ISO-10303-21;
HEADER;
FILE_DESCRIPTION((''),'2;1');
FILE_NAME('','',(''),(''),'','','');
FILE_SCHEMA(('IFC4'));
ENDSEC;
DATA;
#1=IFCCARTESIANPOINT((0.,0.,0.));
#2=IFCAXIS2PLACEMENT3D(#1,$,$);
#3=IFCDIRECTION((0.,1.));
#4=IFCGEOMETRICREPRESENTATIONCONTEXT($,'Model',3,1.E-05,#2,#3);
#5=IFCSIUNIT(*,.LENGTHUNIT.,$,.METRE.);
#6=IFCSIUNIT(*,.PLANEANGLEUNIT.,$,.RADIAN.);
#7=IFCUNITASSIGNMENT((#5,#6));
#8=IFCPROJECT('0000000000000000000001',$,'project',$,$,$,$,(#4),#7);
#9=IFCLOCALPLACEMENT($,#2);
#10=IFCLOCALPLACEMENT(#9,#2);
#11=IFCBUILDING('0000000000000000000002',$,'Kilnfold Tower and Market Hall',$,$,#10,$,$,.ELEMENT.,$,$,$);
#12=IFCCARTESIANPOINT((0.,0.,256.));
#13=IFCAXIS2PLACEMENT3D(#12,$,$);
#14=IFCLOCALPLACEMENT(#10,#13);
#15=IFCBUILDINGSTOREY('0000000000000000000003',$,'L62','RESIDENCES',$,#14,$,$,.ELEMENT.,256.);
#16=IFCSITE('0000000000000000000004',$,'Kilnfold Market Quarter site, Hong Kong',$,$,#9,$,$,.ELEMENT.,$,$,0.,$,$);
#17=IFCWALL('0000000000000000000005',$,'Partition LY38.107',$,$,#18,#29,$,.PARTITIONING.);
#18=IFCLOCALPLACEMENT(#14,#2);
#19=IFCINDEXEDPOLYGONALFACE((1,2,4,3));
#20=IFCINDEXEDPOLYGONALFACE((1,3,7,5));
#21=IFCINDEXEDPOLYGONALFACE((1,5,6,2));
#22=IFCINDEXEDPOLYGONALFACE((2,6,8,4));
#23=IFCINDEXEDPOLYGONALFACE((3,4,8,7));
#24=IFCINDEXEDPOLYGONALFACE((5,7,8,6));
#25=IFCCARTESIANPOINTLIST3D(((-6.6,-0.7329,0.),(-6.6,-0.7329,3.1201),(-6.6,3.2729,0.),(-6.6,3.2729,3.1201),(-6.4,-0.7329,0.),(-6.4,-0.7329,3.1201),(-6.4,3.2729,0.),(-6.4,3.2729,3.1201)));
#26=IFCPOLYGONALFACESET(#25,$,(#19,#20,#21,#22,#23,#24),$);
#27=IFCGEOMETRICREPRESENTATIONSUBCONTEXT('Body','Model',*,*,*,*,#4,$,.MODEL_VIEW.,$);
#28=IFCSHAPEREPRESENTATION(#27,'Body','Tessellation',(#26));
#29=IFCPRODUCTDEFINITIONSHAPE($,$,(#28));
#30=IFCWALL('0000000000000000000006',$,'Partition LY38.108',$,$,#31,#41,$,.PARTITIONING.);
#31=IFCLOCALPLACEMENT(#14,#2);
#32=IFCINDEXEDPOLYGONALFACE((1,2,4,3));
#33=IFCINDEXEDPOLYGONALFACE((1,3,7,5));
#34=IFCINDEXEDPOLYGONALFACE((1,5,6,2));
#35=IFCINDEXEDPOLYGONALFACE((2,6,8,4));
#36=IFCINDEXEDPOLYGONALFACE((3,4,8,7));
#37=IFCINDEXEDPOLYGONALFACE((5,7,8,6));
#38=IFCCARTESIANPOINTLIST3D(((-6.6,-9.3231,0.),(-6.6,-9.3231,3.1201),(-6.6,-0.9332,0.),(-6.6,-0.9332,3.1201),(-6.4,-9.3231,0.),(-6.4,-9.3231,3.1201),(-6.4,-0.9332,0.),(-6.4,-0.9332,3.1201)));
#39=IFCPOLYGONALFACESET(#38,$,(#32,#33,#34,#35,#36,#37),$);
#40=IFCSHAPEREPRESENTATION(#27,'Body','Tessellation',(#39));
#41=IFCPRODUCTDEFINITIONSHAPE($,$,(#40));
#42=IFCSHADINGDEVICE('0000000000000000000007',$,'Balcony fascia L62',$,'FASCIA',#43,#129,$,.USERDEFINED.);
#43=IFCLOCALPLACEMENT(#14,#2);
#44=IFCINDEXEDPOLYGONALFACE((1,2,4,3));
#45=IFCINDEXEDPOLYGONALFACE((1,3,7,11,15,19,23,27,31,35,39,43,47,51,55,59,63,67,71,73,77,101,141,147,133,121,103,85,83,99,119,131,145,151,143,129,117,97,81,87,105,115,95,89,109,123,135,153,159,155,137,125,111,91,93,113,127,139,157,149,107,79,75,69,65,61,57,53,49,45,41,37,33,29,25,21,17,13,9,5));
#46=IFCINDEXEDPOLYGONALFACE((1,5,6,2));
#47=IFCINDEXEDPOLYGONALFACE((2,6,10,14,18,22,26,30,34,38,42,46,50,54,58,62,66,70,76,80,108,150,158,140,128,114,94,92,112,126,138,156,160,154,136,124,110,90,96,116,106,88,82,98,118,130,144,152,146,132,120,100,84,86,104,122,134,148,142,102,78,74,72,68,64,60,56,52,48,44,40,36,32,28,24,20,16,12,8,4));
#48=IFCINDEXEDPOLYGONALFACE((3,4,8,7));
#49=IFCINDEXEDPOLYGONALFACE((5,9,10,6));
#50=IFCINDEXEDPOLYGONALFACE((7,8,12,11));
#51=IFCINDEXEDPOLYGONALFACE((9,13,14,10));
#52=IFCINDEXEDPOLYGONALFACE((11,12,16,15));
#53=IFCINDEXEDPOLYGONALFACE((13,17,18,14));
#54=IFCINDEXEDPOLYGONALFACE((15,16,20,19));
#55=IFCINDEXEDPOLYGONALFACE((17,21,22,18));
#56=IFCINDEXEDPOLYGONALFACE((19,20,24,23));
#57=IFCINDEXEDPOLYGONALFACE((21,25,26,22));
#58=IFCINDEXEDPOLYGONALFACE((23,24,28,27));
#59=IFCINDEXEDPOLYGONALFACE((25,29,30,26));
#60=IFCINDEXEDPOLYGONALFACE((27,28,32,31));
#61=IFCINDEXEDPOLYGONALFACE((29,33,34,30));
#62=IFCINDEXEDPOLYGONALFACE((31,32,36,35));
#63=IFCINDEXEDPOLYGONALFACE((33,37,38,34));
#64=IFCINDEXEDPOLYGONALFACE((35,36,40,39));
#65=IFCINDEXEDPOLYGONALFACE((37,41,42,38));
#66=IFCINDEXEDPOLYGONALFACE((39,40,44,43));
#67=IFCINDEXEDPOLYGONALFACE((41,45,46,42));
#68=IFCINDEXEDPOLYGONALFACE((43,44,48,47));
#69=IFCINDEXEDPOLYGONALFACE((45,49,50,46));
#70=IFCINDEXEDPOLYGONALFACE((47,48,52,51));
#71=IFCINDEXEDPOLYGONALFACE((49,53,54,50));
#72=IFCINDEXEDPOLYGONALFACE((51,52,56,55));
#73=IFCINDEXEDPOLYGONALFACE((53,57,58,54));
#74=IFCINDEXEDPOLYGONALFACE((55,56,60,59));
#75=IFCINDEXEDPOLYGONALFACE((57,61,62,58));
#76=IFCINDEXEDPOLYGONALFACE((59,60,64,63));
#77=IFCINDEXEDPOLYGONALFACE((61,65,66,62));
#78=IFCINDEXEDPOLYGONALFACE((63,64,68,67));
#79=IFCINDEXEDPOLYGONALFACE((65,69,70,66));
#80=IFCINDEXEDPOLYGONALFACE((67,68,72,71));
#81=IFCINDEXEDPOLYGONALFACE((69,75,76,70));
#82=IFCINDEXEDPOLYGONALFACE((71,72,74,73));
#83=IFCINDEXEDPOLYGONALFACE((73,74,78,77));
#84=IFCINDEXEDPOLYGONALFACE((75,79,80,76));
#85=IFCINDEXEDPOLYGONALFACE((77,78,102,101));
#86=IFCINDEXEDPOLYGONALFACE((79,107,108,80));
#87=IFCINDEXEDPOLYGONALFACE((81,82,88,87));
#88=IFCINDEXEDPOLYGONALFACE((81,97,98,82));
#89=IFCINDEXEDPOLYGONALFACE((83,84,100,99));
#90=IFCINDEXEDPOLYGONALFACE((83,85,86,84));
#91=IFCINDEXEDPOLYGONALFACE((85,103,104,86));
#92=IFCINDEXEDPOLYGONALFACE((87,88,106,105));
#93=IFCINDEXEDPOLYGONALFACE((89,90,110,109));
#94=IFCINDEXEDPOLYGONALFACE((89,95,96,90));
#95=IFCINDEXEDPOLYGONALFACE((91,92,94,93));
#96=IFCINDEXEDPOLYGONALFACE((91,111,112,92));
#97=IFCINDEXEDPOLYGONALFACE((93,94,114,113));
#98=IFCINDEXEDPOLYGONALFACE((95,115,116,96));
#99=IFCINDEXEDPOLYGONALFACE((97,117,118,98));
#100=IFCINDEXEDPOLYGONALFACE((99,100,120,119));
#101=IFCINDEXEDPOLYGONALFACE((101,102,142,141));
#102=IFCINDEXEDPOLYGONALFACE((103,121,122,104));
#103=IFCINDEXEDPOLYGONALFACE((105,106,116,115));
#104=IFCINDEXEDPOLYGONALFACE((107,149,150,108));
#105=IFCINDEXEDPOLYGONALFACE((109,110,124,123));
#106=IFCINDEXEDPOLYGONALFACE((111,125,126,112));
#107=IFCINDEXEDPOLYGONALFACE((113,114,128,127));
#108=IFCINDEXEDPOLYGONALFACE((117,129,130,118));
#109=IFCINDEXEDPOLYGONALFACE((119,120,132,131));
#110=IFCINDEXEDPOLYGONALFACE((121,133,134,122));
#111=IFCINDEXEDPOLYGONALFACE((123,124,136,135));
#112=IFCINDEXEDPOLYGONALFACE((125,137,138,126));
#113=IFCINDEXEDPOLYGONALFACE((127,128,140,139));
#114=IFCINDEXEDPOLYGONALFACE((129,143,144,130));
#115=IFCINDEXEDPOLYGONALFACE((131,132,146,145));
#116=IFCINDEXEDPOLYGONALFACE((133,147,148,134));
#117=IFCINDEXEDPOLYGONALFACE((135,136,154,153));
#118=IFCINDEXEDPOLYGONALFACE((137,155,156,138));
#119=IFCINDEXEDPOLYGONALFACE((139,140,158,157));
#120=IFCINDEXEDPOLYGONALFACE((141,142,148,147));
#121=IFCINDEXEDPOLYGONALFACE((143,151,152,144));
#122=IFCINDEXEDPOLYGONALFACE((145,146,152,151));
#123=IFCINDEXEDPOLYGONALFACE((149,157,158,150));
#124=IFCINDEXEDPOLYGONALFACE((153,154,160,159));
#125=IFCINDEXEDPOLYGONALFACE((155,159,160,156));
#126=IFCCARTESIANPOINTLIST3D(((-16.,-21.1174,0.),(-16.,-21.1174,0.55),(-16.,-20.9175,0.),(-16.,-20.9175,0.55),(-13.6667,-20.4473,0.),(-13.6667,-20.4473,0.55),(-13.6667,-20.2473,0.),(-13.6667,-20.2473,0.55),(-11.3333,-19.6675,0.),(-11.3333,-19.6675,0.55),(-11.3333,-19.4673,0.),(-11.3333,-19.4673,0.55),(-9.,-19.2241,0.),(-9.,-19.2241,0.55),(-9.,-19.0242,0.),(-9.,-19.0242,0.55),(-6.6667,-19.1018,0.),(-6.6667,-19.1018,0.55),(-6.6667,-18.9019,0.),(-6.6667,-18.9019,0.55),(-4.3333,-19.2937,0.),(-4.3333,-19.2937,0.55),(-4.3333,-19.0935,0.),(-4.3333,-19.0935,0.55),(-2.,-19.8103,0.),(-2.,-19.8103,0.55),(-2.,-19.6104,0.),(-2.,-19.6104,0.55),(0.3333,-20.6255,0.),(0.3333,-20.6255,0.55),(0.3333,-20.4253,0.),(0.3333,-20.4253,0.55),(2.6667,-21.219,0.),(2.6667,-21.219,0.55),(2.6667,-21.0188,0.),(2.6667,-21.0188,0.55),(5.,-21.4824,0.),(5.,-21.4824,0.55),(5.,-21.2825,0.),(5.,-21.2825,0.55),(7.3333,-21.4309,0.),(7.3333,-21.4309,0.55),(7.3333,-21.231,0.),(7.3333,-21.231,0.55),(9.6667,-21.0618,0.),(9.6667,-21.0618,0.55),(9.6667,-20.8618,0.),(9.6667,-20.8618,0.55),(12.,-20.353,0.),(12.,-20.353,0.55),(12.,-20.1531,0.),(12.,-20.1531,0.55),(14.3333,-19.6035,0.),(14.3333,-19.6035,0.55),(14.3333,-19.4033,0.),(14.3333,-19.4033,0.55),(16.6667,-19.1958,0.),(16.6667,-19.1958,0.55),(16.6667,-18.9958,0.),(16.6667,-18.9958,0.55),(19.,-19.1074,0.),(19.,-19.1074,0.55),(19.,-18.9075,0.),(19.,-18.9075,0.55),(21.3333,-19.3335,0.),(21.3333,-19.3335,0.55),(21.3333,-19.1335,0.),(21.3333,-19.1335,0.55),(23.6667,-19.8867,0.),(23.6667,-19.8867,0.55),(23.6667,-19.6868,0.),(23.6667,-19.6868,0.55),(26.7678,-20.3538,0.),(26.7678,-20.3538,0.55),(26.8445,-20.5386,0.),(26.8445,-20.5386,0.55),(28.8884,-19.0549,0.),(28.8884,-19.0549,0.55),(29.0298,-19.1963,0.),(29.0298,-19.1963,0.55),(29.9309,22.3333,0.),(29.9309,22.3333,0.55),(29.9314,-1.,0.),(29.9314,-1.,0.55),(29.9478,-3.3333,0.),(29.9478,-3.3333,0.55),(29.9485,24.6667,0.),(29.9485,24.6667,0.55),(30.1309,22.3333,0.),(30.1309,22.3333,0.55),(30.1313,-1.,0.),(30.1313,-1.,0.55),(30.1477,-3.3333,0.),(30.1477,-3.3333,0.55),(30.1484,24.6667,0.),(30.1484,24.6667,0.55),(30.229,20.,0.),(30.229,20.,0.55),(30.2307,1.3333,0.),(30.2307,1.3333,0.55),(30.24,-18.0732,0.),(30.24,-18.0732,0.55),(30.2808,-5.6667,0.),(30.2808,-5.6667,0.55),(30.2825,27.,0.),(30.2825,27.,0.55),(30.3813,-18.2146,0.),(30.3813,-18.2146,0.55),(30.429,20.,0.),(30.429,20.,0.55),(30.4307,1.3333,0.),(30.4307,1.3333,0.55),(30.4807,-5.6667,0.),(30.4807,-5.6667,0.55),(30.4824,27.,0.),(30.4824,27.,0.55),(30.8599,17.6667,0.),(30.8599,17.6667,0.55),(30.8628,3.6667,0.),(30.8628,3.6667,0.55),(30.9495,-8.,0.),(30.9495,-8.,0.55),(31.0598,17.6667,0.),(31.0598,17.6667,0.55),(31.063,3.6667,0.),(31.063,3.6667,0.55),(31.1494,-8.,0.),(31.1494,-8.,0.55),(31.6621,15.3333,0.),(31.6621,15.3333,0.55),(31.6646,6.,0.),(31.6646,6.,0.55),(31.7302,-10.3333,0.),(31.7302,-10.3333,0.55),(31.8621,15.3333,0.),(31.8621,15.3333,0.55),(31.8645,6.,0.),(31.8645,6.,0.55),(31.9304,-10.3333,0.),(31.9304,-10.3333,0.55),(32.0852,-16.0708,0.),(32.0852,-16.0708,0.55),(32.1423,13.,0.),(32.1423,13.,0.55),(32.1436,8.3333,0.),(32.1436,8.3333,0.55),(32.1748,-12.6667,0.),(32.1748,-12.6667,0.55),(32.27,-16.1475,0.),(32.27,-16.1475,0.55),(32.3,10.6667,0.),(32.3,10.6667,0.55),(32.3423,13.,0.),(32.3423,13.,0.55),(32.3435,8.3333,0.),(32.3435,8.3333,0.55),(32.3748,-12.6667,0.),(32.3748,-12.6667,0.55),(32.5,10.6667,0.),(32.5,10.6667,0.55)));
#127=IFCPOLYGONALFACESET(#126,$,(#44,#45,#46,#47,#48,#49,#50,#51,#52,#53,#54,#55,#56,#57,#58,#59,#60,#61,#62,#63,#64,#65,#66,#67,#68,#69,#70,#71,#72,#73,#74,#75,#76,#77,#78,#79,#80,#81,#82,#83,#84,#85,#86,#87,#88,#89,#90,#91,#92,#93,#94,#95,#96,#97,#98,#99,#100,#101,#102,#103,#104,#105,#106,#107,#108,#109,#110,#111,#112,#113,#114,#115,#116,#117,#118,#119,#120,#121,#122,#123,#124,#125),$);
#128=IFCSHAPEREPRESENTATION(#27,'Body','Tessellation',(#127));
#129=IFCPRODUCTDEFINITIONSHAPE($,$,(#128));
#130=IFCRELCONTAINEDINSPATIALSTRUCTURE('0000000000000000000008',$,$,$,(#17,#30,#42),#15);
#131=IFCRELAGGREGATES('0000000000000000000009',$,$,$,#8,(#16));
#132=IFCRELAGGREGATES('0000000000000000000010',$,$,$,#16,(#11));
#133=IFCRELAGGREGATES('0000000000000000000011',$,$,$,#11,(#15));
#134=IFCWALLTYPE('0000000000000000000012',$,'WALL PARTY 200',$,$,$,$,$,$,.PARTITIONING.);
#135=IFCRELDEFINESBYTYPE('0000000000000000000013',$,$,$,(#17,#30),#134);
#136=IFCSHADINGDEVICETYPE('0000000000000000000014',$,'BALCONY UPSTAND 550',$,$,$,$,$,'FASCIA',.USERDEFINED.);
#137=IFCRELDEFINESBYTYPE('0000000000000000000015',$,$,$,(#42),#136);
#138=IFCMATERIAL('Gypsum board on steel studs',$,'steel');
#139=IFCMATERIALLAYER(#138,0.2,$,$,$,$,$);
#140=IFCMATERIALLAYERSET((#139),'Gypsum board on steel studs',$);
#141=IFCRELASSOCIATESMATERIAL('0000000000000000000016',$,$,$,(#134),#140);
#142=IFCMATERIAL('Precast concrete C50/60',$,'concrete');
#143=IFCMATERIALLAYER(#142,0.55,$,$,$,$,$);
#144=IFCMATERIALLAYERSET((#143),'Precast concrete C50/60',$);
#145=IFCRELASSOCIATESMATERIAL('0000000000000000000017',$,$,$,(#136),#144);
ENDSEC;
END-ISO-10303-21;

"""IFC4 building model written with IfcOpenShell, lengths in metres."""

from ifc_helpers import new_model, si_unit, direction, frame, frame_2d, origin, place, context, subcontext, project, spatial, polyline, rectangle, outline, extrude, source, transform, mapped, material, layer, layer_set, type_object, element, save


model = new_model("IFC4")

# Units and contexts
model_context = context("Model", 3, precision=1e-05, world=origin(), true_north=direction((0.0, 1.0)))
body_context = subcontext(model_context, "Body", "Model", "MODEL_VIEW")
ifc_project = project(units=[si_unit("LENGTHUNIT", "METRE"), si_unit("PLANEANGLEUNIT", "RADIAN")], contexts=[model_context])

# Site, building, storey
site_placement = place(None, origin())
site = spatial("IfcSite", under=ifc_project, at=site_placement, Name="Kilnfold Market Quarter site, Hong Kong", CompositionType="ELEMENT", RefElevation=0.0)
building_placement = place(site_placement, origin())
building = spatial("IfcBuilding", under=site, at=building_placement, Name="Kilnfold Tower and Market Hall", CompositionType="ELEMENT")
storey_placement = place(building_placement, frame((0.0, 0.0, 256.0)))
storey = spatial("IfcBuildingStorey", under=building, at=storey_placement, Name="L62", Description="RESIDENCES", CompositionType="ELEMENT", Elevation=256.0)

# Walls
ifc_material_1 = material(Name="Gypsum board on steel studs", Category="steel")
ifc_layer_1 = layer(ifc_material_1, 0.2)
ifc_layer_set_1 = layer_set([ifc_layer_1], Name="Gypsum board on steel studs")
wall_type_1 = type_object("IfcWallType", Name="WALL PARTY 200", PredefinedType="PARTITIONING", material=ifc_layer_set_1)
wall_1_placement = place(storey_placement, frame((-6.5, -0.7329, 0.0), z_axis=(0.0, 0.0, 1.0), x_axis=(0.0, 1.0, 0.0)))
element("IfcWall", 1, at=wall_1_placement, inside=storey, type_object=wall_type_1, Name="Partition LY38.107", PredefinedType="PARTITIONING", context=body_context, shape_type="SweptSolid", body=[
    extrude(rectangle(XDim=4.0059, YDim=0.2, at=frame_2d((2.0029, 0.0))), origin(), (0.0, 0.0, 1.0), 3.1201),
])
wall_2_placement = place(storey_placement, frame((-6.5, -9.323, 0.0), z_axis=(0.0, 0.0, 1.0), x_axis=(0.0, 1.0, 0.0)))
element("IfcWall", 2, at=wall_2_placement, inside=storey, type_object=wall_type_1, Name="Partition LY38.108", PredefinedType="PARTITIONING", context=body_context, shape_type="SweptSolid", body=[
    extrude(rectangle(XDim=8.3899, YDim=0.2, at=frame_2d((4.1948, 0.0))), origin(), (0.0, 0.0, 1.0), 3.1201),
])

# Shading device
ifc_material_2 = material(Name="Precast concrete C50/60", Category="concrete")
ifc_layer_2 = layer(ifc_material_2, 0.55)
ifc_layer_set_2 = layer_set([ifc_layer_2], Name="Precast concrete C50/60")
shading_device_type_1 = type_object("IfcShadingDeviceType", Name="BALCONY UPSTAND 550", ElementType="FASCIA", PredefinedType="USERDEFINED", material=ifc_layer_set_2)
shared_shape_1 = source(origin(), body_context, "Body", "SweptSolid", [
    extrude(outline(polyline([(-16.0, -21.1174), (-13.6667, -20.4473), (-11.3333, -19.6675), (-9.0, -19.2241), (-6.6667, -19.1018), (-4.3333, -19.2937), (-2.0, -19.8103), (0.3333, -20.6255), (2.6667, -21.219), (5.0, -21.4824), (7.3333, -21.4309), (9.6667, -21.0618), (12.0, -20.353), (14.3333, -19.6035), (16.6667, -19.1958), (19.0, -19.1074), (21.3333, -19.3335), (23.6667, -19.8867), (26.8445, -20.5386), (29.0298, -19.1963), (30.3813, -18.2146), (32.27, -16.1475), (32.3748, -12.6667), (31.9304, -10.3333), (31.1494, -8.0), (30.4807, -5.6667), (30.1477, -3.3333), (30.1313, -1.0), (30.4307, 1.3333), (31.063, 3.6667), (31.8645, 6.0), (32.3435, 8.3333), (32.5, 10.6667), (32.3423, 13.0), (31.8621, 15.3333), (31.0598, 17.6667), (30.429, 20.0), (30.1309, 22.3333), (30.1484, 24.6667), (30.4824, 27.0), (30.2825, 27.0), (29.9485, 24.6667), (29.9309, 22.3333), (30.229, 20.0), (30.8599, 17.6667), (31.6621, 15.3333), (32.1423, 13.0), (32.3, 10.6667), (32.1436, 8.3333), (31.6646, 6.0), (30.8628, 3.6667), (30.2307, 1.3333), (29.9314, -1.0), (29.9478, -3.3333), (30.2808, -5.6667), (30.9495, -8.0), (31.7302, -10.3333), (32.1748, -12.6667), (32.0852, -16.0708), (30.24, -18.0732), (28.8884, -19.0549), (26.7678, -20.3538), (23.6667, -19.6868), (21.3333, -19.1335), (19.0, -18.9075), (16.6667, -18.9958), (14.3333, -19.4033), (12.0, -20.1531), (9.6667, -20.8618), (7.3333, -21.231), (5.0, -21.2825), (2.6667, -21.0188), (0.3333, -20.4253), (-2.0, -19.6104), (-4.3333, -19.0935), (-6.6667, -18.9019), (-9.0, -19.0242), (-11.3333, -19.4673), (-13.6667, -20.2473), (-16.0, -20.9175), (-16.0, -21.1174)])), origin(), (0.0, 0.0, 1.0), 0.55),
])
shading_device_1_placement = place(storey_placement, origin())
element("IfcShadingDevice", 3, at=shading_device_1_placement, inside=storey, type_object=shading_device_type_1, Name="Balcony fascia L62", ObjectType="FASCIA", PredefinedType="USERDEFINED", context=body_context, shape_type="MappedRepresentation", body=[
    mapped(shared_shape_1, transform((0.0, 0.0, 0.0))),
])

save(model, "model.ifc")
